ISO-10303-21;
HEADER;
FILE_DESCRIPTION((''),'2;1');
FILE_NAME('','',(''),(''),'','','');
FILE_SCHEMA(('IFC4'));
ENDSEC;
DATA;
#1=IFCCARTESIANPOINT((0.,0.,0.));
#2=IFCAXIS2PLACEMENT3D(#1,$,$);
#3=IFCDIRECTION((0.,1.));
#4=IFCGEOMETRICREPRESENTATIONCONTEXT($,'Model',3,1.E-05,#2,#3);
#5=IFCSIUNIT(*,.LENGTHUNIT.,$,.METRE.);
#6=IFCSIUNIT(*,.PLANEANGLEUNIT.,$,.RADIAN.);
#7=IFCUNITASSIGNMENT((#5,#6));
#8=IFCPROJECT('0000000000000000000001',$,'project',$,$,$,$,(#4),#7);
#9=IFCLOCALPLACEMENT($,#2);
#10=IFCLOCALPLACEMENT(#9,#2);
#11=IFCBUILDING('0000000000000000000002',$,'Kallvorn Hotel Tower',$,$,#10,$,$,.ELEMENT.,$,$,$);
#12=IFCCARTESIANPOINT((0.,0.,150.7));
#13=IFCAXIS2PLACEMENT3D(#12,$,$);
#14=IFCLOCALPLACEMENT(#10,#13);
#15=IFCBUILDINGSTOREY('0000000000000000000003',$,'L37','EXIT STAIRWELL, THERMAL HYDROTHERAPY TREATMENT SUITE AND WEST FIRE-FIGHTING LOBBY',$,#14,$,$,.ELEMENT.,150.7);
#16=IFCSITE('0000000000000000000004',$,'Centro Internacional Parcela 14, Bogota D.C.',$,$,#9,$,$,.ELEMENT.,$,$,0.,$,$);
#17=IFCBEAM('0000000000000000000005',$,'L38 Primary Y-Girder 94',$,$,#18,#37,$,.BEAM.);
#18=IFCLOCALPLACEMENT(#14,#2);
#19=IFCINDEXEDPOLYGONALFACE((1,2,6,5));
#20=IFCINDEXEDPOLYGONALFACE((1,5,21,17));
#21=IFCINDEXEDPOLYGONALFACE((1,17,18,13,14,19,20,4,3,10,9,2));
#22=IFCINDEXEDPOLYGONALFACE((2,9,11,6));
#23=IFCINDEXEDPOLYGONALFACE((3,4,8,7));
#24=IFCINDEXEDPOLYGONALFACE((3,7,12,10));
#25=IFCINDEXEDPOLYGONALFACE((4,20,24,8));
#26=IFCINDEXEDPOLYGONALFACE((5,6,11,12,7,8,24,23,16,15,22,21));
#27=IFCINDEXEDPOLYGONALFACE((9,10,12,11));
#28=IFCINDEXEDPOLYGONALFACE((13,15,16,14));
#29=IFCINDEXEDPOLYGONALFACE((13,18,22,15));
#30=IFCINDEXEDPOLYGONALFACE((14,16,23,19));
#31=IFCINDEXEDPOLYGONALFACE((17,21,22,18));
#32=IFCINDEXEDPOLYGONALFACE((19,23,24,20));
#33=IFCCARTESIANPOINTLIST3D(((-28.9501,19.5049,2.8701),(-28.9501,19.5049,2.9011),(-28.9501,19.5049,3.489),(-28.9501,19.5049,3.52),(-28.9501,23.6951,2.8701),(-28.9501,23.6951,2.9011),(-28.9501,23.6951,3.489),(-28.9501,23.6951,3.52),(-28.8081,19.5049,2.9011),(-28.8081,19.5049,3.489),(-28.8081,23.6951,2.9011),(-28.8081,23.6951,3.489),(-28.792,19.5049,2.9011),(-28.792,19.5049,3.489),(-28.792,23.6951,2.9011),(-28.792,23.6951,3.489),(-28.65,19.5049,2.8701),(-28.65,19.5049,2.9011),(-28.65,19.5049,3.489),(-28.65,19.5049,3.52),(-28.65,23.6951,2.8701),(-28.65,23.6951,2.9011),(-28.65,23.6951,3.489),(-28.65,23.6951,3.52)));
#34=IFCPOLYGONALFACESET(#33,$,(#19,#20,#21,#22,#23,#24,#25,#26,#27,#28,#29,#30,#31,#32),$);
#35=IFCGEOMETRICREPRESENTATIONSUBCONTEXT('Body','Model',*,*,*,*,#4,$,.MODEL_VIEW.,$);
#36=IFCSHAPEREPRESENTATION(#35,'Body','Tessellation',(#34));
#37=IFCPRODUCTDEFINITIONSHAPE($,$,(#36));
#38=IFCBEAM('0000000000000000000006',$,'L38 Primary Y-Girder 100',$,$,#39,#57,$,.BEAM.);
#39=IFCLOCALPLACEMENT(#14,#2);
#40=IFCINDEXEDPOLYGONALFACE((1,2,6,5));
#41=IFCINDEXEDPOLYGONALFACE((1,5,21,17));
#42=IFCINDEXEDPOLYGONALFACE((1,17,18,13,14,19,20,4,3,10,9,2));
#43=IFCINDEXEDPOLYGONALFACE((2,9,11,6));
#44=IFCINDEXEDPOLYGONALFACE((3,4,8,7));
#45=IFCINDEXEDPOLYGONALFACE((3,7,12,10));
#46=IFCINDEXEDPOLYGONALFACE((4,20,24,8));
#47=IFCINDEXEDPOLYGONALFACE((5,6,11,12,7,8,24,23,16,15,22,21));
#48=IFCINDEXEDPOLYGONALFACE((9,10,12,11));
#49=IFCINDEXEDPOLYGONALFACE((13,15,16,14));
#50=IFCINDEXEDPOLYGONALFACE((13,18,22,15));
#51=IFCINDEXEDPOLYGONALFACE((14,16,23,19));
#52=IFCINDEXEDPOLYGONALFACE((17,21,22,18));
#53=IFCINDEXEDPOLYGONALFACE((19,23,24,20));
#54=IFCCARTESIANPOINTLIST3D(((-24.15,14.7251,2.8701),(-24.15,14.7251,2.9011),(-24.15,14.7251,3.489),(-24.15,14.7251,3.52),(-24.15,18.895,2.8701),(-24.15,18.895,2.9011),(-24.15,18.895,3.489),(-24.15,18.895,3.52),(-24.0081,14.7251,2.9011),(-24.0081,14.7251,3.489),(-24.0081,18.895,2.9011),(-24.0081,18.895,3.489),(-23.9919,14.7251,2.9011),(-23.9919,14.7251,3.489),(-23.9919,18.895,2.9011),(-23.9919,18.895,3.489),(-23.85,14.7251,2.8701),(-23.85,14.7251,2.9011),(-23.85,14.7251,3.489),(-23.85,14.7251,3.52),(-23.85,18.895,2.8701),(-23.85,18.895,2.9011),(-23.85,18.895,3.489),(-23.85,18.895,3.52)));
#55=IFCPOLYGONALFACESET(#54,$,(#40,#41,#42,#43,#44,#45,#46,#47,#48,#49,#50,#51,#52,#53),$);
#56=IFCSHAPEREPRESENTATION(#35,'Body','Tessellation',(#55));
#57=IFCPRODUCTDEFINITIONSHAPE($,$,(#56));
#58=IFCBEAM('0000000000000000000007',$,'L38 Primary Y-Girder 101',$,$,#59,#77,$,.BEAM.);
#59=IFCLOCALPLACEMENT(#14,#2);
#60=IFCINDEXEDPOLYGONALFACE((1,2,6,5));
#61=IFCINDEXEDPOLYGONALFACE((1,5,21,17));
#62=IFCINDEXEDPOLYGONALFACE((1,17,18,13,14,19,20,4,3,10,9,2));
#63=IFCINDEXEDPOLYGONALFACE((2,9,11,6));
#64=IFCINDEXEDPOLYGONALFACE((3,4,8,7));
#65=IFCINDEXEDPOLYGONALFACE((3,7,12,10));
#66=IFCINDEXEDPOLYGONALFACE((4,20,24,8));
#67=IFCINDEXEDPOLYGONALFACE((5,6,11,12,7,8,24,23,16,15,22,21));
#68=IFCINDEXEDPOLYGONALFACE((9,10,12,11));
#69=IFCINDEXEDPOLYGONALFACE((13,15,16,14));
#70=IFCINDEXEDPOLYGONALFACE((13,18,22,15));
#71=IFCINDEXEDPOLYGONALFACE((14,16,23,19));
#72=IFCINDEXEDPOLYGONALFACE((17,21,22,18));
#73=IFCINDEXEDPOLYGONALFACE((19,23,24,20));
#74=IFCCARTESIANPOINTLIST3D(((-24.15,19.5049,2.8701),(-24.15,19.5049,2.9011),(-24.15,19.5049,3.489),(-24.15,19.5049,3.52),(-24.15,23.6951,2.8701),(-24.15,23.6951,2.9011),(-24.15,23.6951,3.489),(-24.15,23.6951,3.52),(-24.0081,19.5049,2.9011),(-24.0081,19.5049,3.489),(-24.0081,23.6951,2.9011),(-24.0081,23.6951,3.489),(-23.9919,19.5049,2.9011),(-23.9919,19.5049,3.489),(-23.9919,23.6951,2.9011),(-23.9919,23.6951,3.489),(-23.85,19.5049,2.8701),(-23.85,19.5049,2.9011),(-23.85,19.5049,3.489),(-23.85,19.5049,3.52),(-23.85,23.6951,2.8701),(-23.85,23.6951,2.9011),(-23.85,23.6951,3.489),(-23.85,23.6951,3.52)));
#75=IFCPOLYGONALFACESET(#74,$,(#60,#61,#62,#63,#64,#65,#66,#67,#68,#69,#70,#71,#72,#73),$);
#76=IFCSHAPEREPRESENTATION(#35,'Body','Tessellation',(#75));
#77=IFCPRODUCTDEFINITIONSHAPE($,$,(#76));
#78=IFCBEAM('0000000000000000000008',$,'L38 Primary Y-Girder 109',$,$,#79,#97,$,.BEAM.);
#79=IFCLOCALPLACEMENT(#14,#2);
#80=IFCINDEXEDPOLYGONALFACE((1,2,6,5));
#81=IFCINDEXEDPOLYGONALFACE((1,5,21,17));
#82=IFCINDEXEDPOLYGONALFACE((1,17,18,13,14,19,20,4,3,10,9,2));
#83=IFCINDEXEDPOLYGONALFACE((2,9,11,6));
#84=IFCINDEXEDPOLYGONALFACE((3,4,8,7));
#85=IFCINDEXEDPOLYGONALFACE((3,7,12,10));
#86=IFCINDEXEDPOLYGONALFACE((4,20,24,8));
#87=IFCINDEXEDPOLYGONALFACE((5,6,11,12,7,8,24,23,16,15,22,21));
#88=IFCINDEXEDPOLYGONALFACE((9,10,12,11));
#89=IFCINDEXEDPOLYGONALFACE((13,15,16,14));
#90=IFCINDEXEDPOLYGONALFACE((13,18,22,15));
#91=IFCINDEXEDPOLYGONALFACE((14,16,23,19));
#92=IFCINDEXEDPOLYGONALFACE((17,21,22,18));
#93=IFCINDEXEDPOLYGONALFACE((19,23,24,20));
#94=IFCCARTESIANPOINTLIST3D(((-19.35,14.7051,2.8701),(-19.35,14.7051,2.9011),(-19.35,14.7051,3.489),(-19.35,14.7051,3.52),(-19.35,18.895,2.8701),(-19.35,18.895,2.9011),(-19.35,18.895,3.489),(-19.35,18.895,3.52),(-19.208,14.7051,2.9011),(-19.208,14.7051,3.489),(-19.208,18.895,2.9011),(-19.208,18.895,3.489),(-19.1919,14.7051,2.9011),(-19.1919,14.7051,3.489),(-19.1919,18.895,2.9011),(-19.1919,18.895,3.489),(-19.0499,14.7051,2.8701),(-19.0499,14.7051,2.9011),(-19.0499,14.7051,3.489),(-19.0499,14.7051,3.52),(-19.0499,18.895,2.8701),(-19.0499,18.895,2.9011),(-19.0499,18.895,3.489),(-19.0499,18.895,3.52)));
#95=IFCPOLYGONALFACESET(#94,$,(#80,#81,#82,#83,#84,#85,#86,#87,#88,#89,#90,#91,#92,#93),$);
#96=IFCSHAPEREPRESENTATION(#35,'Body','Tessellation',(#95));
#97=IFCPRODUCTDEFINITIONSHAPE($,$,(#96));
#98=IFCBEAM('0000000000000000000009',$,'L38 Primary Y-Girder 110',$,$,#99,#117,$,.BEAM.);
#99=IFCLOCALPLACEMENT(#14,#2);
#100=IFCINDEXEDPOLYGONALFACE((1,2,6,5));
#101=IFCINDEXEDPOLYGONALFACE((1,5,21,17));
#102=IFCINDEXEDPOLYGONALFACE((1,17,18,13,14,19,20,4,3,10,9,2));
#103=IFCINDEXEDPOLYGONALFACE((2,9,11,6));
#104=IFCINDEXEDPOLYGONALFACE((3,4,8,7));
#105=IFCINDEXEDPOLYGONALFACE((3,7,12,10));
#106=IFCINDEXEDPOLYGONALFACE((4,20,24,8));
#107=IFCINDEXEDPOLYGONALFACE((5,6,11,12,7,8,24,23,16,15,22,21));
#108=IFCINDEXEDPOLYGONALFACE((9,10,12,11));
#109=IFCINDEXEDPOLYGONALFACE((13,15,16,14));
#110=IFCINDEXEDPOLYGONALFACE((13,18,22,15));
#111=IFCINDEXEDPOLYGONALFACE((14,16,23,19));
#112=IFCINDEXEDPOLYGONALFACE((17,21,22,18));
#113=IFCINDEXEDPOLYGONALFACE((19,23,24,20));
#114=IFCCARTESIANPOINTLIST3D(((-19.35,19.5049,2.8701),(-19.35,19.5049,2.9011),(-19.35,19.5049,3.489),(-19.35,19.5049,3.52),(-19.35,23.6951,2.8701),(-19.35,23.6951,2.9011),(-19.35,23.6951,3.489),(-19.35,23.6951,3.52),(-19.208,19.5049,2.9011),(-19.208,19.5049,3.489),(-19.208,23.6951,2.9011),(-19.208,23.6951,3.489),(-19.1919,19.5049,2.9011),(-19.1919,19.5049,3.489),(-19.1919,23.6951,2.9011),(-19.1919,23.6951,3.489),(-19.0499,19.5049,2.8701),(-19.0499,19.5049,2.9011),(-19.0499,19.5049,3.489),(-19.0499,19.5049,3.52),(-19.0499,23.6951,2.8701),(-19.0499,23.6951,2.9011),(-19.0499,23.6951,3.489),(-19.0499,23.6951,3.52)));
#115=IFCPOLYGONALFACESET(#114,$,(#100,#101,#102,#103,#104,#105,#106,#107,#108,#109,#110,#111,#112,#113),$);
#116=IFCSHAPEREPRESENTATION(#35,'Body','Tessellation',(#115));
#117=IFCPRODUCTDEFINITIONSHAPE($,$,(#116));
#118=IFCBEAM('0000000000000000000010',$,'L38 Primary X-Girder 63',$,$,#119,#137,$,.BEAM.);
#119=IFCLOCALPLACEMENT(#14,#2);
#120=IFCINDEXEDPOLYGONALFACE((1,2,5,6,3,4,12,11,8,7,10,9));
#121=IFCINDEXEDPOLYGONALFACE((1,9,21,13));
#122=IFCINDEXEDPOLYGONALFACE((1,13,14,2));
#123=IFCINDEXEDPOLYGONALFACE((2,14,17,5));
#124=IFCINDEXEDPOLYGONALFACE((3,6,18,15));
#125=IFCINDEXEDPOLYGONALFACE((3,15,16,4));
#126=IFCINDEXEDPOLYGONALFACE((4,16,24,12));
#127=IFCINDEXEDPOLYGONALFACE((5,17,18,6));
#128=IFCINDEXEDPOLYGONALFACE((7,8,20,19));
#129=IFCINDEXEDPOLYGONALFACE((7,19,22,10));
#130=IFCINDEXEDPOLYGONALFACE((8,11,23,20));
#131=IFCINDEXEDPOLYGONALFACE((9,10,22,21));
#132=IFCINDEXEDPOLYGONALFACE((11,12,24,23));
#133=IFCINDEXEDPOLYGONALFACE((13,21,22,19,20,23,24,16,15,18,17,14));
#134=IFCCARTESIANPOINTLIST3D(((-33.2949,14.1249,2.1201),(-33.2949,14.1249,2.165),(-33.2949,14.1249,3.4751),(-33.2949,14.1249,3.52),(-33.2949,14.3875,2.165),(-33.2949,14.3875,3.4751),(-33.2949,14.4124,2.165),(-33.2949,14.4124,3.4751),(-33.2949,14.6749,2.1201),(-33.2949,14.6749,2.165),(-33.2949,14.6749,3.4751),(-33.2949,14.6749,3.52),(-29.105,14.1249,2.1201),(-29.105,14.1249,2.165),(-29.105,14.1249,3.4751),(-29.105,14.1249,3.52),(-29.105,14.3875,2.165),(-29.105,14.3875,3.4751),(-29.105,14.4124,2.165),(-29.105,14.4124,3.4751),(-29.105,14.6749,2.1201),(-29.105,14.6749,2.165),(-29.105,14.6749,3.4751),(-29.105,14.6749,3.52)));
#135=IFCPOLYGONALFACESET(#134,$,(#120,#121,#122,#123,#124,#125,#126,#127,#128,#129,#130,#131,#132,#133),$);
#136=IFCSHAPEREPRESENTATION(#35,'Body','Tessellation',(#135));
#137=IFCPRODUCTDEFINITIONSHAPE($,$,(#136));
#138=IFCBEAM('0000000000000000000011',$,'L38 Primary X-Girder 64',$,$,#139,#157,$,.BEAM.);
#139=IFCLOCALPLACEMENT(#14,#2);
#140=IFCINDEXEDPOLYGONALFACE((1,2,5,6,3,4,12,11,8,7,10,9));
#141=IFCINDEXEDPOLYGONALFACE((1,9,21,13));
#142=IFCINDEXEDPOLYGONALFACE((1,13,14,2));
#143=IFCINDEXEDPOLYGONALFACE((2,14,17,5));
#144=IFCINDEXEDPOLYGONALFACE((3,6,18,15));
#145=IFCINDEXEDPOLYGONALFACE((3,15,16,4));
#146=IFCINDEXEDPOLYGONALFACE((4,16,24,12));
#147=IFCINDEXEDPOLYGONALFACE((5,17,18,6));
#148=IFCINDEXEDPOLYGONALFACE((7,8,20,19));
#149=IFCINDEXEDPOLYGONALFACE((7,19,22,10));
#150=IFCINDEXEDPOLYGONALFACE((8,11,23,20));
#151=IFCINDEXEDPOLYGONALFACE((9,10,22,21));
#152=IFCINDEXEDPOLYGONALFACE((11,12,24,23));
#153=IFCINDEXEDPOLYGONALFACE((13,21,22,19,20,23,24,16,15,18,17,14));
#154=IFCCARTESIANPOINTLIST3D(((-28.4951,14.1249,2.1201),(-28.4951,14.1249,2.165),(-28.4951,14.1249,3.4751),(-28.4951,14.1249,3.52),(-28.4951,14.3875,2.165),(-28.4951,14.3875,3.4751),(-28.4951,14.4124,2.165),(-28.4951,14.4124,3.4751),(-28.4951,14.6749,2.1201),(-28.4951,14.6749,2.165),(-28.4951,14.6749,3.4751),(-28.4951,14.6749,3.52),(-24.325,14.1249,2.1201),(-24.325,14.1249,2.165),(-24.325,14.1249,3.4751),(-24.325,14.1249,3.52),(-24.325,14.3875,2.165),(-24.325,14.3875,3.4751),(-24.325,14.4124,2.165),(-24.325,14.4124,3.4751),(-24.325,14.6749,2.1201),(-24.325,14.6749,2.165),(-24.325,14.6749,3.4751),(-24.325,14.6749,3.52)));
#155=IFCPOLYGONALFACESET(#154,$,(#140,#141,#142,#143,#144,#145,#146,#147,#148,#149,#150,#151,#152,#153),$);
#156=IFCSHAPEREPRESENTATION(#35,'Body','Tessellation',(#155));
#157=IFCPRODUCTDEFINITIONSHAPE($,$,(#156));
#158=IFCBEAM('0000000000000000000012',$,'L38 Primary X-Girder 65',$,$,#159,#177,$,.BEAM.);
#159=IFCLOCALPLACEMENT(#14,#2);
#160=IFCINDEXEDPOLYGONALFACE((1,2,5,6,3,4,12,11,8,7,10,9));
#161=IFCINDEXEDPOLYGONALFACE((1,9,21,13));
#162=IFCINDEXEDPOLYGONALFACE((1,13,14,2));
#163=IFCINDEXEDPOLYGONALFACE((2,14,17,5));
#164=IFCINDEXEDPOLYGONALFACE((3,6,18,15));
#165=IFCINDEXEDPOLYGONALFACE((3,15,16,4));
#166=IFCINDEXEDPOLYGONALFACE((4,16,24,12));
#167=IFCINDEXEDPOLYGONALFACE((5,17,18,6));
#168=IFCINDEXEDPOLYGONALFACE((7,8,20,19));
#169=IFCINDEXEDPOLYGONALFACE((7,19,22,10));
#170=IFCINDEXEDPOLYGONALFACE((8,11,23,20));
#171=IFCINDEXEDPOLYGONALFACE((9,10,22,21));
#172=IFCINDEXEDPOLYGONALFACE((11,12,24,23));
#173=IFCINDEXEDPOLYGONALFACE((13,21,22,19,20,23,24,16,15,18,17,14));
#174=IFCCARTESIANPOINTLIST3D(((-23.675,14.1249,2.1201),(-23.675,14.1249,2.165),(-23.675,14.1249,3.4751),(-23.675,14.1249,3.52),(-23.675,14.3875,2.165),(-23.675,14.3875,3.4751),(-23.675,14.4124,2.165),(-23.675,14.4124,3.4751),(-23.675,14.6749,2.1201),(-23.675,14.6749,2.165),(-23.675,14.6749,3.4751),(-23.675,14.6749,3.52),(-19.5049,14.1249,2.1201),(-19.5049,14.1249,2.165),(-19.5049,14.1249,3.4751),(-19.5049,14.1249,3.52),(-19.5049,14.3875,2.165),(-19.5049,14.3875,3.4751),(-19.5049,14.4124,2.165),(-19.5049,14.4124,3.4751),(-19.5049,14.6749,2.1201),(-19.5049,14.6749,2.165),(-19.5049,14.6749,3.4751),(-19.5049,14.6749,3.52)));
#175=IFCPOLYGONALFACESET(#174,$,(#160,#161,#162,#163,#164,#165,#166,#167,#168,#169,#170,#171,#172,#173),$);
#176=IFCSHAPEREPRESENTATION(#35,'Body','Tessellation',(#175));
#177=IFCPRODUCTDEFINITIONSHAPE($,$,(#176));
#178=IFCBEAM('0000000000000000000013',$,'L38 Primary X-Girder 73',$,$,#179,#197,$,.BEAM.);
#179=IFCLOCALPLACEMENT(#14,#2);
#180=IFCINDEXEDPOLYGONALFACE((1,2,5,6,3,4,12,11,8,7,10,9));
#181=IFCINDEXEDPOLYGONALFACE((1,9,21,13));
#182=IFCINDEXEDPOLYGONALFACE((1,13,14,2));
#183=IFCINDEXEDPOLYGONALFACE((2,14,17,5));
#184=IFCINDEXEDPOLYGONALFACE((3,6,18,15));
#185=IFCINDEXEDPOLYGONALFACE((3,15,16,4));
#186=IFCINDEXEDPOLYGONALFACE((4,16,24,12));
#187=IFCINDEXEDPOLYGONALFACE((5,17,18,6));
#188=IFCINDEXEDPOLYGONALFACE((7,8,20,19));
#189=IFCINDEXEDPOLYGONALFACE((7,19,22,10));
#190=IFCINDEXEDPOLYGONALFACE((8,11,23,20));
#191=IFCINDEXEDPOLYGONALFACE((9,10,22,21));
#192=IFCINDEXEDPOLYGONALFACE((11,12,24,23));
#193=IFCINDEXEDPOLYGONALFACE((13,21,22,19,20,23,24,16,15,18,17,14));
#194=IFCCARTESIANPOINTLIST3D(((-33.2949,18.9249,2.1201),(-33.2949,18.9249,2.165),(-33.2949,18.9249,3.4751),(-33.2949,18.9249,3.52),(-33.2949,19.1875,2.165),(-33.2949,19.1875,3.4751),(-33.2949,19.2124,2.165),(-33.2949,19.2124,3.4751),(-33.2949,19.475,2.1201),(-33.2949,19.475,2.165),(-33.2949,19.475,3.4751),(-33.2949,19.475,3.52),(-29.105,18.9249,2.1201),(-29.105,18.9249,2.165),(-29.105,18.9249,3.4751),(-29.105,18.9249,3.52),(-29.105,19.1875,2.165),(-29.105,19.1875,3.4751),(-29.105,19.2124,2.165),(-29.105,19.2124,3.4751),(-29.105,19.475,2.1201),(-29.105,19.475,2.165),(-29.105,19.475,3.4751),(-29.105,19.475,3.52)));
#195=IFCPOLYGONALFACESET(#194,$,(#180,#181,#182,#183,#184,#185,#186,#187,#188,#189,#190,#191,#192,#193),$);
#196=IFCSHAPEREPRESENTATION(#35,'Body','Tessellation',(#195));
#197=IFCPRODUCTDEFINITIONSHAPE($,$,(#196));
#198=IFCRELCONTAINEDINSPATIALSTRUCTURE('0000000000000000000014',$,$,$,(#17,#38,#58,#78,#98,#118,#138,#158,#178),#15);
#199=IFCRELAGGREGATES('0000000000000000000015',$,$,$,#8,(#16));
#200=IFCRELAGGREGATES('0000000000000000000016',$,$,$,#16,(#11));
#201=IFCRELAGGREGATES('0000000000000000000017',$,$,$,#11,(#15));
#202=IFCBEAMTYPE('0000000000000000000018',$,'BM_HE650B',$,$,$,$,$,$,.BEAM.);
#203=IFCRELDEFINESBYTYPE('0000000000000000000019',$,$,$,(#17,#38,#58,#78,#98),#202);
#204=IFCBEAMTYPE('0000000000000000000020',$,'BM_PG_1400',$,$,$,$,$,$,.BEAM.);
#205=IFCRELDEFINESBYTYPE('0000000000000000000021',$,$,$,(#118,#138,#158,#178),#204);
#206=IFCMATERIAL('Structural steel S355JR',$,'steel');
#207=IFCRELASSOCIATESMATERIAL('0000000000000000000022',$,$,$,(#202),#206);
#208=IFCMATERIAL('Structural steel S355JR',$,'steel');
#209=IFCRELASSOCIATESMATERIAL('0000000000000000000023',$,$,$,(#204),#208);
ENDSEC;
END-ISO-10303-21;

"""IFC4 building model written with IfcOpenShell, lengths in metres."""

from ifc_helpers import new_model, si_unit, direction, frame, origin, origin_2d, place, context, subcontext, project, spatial, i_section, extrude, material, material_profile, profile_set, type_object, element, save


model = new_model("IFC4")

# Units and contexts
model_context = context("Model", 3, precision=1e-05, world=origin(), true_north=direction((0.0, 1.0)))
body_context = subcontext(model_context, "Body", "Model", "MODEL_VIEW")
ifc_project = project(units=[si_unit("LENGTHUNIT", "METRE"), si_unit("PLANEANGLEUNIT", "RADIAN")], contexts=[model_context])

# Site, building, storey
site_placement = place(None, origin())
site = spatial("IfcSite", under=ifc_project, at=site_placement, Name="Centro Internacional Parcela 14, Bogota D.C.", CompositionType="ELEMENT", RefElevation=0.0)
building_placement = place(site_placement, origin())
building = spatial("IfcBuilding", under=site, at=building_placement, Name="Kallvorn Hotel Tower", CompositionType="ELEMENT")
storey_placement = place(building_placement, frame((0.0, 0.0, 150.7)))
storey = spatial("IfcBuildingStorey", under=building, at=storey_placement, Name="L37", Description="EXIT STAIRWELL, THERMAL HYDROTHERAPY TREATMENT SUITE AND WEST FIRE-FIGHTING LOBBY", CompositionType="ELEMENT", Elevation=150.7)

# Beams
ifc_material_1 = material(Name="Structural steel S355JR", Category="steel")
ifc_material_profile_1 = material_profile(ifc_material_1, i_section(OverallWidth=0.3, OverallDepth=0.6499, WebThickness=0.0161, FlangeThickness=0.031, at=origin_2d()), Name="HE 650 B")
ifc_profile_set_1 = profile_set([ifc_material_profile_1], Name="Structural steel S355JR")
beam_type_1 = type_object("IfcBeamType", Name="BM_HE650B", PredefinedType="BEAM", material=ifc_profile_set_1)
beam_1_placement = place(storey_placement, frame((-28.8, 19.5049, 3.1951), z_axis=(0.0, 1.0, 0.0), x_axis=(-1.0, 0.0, 0.0)))
element("IfcBeam", 1, at=beam_1_placement, inside=storey, type_object=beam_type_1, Name="L38 Primary Y-Girder 94", PredefinedType="BEAM", context=body_context, shape_type="SweptSolid", body=[
    extrude(i_section(OverallWidth=0.3, OverallDepth=0.6499, WebThickness=0.0161, FlangeThickness=0.031, at=origin_2d()), origin(), (0.0, 0.0, 1.0), 4.1902),
])
beam_2_placement = place(storey_placement, frame((-24.0, 14.7251, 3.1951), z_axis=(0.0, 1.0, 0.0), x_axis=(-1.0, 0.0, 0.0)))
element("IfcBeam", 2, at=beam_2_placement, inside=storey, type_object=beam_type_1, Name="L38 Primary Y-Girder 100", PredefinedType="BEAM", context=body_context, shape_type="SweptSolid", body=[
    extrude(i_section(OverallWidth=0.3, OverallDepth=0.6499, WebThickness=0.0161, FlangeThickness=0.031, at=origin_2d()), origin(), (0.0, 0.0, 1.0), 4.1699),
])
beam_3_placement = place(storey_placement, frame((-24.0, 19.5049, 3.1951), z_axis=(0.0, 1.0, 0.0), x_axis=(-1.0, 0.0, 0.0)))
element("IfcBeam", 3, at=beam_3_placement, inside=storey, type_object=beam_type_1, Name="L38 Primary Y-Girder 101", PredefinedType="BEAM", context=body_context, shape_type="SweptSolid", body=[
    extrude(i_section(OverallWidth=0.3, OverallDepth=0.6499, WebThickness=0.0161, FlangeThickness=0.031, at=origin_2d()), origin(), (0.0, 0.0, 1.0), 4.1902),
])
beam_4_placement = place(storey_placement, frame((-19.2, 14.7051, 3.1951), z_axis=(0.0, 1.0, 0.0), x_axis=(-1.0, 0.0, 0.0)))
element("IfcBeam", 4, at=beam_4_placement, inside=storey, type_object=beam_type_1, Name="L38 Primary Y-Girder 109", PredefinedType="BEAM", context=body_context, shape_type="SweptSolid", body=[
    extrude(i_section(OverallWidth=0.3, OverallDepth=0.6499, WebThickness=0.0161, FlangeThickness=0.031, at=origin_2d()), origin(), (0.0, 0.0, 1.0), 4.1899),
])
beam_5_placement = place(storey_placement, frame((-19.2, 19.5049, 3.1951), z_axis=(0.0, 1.0, 0.0), x_axis=(-1.0, 0.0, 0.0)))
element("IfcBeam", 5, at=beam_5_placement, inside=storey, type_object=beam_type_1, Name="L38 Primary Y-Girder 110", PredefinedType="BEAM", context=body_context, shape_type="SweptSolid", body=[
    extrude(i_section(OverallWidth=0.3, OverallDepth=0.6499, WebThickness=0.0161, FlangeThickness=0.031, at=origin_2d()), origin(), (0.0, 0.0, 1.0), 4.1902),
])
ifc_material_2 = material(Name="Structural steel S355JR", Category="steel")
ifc_material_profile_2 = material_profile(ifc_material_2, i_section(OverallWidth=0.55, OverallDepth=1.3999, WebThickness=0.0249, FlangeThickness=0.0449, at=origin_2d()), Name="PG 1400x550x25x45")
ifc_profile_set_2 = profile_set([ifc_material_profile_2], Name="Structural steel S355JR")
beam_type_2 = type_object("IfcBeamType", Name="BM_PG_1400", PredefinedType="BEAM", material=ifc_profile_set_2)
beam_6_placement = place(storey_placement, frame((-33.2949, 14.3999, 2.8201), z_axis=(1.0, 0.0, 0.0), x_axis=(0.0, 1.0, 0.0)))
element("IfcBeam", 6, at=beam_6_placement, inside=storey, type_object=beam_type_2, Name="L38 Primary X-Girder 63", PredefinedType="BEAM", context=body_context, shape_type="SweptSolid", body=[
    extrude(i_section(OverallWidth=0.55, OverallDepth=1.3999, WebThickness=0.0249, FlangeThickness=0.0449, at=origin_2d()), origin(), (0.0, 0.0, 1.0), 4.1899),
])
for number, where, z_axis, x_axis, name in (
    (7, (-28.4951, 14.3999, 2.8201), (1.0, 0.0, 0.0), (0.0, 1.0, 0.0), "L38 Primary X-Girder 64"),
    (8, (-23.675, 14.3999, 2.8201), (1.0, 0.0, 0.0), (0.0, 1.0, 0.0), "L38 Primary X-Girder 65"),
):
    element("IfcBeam", number, at=place(storey_placement, frame(where, z_axis=z_axis, x_axis=x_axis)), inside=storey, type_object=beam_type_2, Name=name, PredefinedType="BEAM", context=body_context, shape_type="SweptSolid", body=[
        extrude(i_section(OverallWidth=0.55, OverallDepth=1.3999, WebThickness=0.0249, FlangeThickness=0.0449, at=origin_2d()), origin(), (0.0, 0.0, 1.0), 4.1702),
    ])
beam_7_placement = place(storey_placement, frame((-33.2949, 19.2, 2.8201), z_axis=(1.0, 0.0, 0.0), x_axis=(0.0, 1.0, 0.0)))
element("IfcBeam", 9, at=beam_7_placement, inside=storey, type_object=beam_type_2, Name="L38 Primary X-Girder 73", PredefinedType="BEAM", context=body_context, shape_type="SweptSolid", body=[
    extrude(i_section(OverallWidth=0.55, OverallDepth=1.3999, WebThickness=0.0249, FlangeThickness=0.0449, at=origin_2d()), origin(), (0.0, 0.0, 1.0), 4.1899),
])

save(model, "model.ifc")
